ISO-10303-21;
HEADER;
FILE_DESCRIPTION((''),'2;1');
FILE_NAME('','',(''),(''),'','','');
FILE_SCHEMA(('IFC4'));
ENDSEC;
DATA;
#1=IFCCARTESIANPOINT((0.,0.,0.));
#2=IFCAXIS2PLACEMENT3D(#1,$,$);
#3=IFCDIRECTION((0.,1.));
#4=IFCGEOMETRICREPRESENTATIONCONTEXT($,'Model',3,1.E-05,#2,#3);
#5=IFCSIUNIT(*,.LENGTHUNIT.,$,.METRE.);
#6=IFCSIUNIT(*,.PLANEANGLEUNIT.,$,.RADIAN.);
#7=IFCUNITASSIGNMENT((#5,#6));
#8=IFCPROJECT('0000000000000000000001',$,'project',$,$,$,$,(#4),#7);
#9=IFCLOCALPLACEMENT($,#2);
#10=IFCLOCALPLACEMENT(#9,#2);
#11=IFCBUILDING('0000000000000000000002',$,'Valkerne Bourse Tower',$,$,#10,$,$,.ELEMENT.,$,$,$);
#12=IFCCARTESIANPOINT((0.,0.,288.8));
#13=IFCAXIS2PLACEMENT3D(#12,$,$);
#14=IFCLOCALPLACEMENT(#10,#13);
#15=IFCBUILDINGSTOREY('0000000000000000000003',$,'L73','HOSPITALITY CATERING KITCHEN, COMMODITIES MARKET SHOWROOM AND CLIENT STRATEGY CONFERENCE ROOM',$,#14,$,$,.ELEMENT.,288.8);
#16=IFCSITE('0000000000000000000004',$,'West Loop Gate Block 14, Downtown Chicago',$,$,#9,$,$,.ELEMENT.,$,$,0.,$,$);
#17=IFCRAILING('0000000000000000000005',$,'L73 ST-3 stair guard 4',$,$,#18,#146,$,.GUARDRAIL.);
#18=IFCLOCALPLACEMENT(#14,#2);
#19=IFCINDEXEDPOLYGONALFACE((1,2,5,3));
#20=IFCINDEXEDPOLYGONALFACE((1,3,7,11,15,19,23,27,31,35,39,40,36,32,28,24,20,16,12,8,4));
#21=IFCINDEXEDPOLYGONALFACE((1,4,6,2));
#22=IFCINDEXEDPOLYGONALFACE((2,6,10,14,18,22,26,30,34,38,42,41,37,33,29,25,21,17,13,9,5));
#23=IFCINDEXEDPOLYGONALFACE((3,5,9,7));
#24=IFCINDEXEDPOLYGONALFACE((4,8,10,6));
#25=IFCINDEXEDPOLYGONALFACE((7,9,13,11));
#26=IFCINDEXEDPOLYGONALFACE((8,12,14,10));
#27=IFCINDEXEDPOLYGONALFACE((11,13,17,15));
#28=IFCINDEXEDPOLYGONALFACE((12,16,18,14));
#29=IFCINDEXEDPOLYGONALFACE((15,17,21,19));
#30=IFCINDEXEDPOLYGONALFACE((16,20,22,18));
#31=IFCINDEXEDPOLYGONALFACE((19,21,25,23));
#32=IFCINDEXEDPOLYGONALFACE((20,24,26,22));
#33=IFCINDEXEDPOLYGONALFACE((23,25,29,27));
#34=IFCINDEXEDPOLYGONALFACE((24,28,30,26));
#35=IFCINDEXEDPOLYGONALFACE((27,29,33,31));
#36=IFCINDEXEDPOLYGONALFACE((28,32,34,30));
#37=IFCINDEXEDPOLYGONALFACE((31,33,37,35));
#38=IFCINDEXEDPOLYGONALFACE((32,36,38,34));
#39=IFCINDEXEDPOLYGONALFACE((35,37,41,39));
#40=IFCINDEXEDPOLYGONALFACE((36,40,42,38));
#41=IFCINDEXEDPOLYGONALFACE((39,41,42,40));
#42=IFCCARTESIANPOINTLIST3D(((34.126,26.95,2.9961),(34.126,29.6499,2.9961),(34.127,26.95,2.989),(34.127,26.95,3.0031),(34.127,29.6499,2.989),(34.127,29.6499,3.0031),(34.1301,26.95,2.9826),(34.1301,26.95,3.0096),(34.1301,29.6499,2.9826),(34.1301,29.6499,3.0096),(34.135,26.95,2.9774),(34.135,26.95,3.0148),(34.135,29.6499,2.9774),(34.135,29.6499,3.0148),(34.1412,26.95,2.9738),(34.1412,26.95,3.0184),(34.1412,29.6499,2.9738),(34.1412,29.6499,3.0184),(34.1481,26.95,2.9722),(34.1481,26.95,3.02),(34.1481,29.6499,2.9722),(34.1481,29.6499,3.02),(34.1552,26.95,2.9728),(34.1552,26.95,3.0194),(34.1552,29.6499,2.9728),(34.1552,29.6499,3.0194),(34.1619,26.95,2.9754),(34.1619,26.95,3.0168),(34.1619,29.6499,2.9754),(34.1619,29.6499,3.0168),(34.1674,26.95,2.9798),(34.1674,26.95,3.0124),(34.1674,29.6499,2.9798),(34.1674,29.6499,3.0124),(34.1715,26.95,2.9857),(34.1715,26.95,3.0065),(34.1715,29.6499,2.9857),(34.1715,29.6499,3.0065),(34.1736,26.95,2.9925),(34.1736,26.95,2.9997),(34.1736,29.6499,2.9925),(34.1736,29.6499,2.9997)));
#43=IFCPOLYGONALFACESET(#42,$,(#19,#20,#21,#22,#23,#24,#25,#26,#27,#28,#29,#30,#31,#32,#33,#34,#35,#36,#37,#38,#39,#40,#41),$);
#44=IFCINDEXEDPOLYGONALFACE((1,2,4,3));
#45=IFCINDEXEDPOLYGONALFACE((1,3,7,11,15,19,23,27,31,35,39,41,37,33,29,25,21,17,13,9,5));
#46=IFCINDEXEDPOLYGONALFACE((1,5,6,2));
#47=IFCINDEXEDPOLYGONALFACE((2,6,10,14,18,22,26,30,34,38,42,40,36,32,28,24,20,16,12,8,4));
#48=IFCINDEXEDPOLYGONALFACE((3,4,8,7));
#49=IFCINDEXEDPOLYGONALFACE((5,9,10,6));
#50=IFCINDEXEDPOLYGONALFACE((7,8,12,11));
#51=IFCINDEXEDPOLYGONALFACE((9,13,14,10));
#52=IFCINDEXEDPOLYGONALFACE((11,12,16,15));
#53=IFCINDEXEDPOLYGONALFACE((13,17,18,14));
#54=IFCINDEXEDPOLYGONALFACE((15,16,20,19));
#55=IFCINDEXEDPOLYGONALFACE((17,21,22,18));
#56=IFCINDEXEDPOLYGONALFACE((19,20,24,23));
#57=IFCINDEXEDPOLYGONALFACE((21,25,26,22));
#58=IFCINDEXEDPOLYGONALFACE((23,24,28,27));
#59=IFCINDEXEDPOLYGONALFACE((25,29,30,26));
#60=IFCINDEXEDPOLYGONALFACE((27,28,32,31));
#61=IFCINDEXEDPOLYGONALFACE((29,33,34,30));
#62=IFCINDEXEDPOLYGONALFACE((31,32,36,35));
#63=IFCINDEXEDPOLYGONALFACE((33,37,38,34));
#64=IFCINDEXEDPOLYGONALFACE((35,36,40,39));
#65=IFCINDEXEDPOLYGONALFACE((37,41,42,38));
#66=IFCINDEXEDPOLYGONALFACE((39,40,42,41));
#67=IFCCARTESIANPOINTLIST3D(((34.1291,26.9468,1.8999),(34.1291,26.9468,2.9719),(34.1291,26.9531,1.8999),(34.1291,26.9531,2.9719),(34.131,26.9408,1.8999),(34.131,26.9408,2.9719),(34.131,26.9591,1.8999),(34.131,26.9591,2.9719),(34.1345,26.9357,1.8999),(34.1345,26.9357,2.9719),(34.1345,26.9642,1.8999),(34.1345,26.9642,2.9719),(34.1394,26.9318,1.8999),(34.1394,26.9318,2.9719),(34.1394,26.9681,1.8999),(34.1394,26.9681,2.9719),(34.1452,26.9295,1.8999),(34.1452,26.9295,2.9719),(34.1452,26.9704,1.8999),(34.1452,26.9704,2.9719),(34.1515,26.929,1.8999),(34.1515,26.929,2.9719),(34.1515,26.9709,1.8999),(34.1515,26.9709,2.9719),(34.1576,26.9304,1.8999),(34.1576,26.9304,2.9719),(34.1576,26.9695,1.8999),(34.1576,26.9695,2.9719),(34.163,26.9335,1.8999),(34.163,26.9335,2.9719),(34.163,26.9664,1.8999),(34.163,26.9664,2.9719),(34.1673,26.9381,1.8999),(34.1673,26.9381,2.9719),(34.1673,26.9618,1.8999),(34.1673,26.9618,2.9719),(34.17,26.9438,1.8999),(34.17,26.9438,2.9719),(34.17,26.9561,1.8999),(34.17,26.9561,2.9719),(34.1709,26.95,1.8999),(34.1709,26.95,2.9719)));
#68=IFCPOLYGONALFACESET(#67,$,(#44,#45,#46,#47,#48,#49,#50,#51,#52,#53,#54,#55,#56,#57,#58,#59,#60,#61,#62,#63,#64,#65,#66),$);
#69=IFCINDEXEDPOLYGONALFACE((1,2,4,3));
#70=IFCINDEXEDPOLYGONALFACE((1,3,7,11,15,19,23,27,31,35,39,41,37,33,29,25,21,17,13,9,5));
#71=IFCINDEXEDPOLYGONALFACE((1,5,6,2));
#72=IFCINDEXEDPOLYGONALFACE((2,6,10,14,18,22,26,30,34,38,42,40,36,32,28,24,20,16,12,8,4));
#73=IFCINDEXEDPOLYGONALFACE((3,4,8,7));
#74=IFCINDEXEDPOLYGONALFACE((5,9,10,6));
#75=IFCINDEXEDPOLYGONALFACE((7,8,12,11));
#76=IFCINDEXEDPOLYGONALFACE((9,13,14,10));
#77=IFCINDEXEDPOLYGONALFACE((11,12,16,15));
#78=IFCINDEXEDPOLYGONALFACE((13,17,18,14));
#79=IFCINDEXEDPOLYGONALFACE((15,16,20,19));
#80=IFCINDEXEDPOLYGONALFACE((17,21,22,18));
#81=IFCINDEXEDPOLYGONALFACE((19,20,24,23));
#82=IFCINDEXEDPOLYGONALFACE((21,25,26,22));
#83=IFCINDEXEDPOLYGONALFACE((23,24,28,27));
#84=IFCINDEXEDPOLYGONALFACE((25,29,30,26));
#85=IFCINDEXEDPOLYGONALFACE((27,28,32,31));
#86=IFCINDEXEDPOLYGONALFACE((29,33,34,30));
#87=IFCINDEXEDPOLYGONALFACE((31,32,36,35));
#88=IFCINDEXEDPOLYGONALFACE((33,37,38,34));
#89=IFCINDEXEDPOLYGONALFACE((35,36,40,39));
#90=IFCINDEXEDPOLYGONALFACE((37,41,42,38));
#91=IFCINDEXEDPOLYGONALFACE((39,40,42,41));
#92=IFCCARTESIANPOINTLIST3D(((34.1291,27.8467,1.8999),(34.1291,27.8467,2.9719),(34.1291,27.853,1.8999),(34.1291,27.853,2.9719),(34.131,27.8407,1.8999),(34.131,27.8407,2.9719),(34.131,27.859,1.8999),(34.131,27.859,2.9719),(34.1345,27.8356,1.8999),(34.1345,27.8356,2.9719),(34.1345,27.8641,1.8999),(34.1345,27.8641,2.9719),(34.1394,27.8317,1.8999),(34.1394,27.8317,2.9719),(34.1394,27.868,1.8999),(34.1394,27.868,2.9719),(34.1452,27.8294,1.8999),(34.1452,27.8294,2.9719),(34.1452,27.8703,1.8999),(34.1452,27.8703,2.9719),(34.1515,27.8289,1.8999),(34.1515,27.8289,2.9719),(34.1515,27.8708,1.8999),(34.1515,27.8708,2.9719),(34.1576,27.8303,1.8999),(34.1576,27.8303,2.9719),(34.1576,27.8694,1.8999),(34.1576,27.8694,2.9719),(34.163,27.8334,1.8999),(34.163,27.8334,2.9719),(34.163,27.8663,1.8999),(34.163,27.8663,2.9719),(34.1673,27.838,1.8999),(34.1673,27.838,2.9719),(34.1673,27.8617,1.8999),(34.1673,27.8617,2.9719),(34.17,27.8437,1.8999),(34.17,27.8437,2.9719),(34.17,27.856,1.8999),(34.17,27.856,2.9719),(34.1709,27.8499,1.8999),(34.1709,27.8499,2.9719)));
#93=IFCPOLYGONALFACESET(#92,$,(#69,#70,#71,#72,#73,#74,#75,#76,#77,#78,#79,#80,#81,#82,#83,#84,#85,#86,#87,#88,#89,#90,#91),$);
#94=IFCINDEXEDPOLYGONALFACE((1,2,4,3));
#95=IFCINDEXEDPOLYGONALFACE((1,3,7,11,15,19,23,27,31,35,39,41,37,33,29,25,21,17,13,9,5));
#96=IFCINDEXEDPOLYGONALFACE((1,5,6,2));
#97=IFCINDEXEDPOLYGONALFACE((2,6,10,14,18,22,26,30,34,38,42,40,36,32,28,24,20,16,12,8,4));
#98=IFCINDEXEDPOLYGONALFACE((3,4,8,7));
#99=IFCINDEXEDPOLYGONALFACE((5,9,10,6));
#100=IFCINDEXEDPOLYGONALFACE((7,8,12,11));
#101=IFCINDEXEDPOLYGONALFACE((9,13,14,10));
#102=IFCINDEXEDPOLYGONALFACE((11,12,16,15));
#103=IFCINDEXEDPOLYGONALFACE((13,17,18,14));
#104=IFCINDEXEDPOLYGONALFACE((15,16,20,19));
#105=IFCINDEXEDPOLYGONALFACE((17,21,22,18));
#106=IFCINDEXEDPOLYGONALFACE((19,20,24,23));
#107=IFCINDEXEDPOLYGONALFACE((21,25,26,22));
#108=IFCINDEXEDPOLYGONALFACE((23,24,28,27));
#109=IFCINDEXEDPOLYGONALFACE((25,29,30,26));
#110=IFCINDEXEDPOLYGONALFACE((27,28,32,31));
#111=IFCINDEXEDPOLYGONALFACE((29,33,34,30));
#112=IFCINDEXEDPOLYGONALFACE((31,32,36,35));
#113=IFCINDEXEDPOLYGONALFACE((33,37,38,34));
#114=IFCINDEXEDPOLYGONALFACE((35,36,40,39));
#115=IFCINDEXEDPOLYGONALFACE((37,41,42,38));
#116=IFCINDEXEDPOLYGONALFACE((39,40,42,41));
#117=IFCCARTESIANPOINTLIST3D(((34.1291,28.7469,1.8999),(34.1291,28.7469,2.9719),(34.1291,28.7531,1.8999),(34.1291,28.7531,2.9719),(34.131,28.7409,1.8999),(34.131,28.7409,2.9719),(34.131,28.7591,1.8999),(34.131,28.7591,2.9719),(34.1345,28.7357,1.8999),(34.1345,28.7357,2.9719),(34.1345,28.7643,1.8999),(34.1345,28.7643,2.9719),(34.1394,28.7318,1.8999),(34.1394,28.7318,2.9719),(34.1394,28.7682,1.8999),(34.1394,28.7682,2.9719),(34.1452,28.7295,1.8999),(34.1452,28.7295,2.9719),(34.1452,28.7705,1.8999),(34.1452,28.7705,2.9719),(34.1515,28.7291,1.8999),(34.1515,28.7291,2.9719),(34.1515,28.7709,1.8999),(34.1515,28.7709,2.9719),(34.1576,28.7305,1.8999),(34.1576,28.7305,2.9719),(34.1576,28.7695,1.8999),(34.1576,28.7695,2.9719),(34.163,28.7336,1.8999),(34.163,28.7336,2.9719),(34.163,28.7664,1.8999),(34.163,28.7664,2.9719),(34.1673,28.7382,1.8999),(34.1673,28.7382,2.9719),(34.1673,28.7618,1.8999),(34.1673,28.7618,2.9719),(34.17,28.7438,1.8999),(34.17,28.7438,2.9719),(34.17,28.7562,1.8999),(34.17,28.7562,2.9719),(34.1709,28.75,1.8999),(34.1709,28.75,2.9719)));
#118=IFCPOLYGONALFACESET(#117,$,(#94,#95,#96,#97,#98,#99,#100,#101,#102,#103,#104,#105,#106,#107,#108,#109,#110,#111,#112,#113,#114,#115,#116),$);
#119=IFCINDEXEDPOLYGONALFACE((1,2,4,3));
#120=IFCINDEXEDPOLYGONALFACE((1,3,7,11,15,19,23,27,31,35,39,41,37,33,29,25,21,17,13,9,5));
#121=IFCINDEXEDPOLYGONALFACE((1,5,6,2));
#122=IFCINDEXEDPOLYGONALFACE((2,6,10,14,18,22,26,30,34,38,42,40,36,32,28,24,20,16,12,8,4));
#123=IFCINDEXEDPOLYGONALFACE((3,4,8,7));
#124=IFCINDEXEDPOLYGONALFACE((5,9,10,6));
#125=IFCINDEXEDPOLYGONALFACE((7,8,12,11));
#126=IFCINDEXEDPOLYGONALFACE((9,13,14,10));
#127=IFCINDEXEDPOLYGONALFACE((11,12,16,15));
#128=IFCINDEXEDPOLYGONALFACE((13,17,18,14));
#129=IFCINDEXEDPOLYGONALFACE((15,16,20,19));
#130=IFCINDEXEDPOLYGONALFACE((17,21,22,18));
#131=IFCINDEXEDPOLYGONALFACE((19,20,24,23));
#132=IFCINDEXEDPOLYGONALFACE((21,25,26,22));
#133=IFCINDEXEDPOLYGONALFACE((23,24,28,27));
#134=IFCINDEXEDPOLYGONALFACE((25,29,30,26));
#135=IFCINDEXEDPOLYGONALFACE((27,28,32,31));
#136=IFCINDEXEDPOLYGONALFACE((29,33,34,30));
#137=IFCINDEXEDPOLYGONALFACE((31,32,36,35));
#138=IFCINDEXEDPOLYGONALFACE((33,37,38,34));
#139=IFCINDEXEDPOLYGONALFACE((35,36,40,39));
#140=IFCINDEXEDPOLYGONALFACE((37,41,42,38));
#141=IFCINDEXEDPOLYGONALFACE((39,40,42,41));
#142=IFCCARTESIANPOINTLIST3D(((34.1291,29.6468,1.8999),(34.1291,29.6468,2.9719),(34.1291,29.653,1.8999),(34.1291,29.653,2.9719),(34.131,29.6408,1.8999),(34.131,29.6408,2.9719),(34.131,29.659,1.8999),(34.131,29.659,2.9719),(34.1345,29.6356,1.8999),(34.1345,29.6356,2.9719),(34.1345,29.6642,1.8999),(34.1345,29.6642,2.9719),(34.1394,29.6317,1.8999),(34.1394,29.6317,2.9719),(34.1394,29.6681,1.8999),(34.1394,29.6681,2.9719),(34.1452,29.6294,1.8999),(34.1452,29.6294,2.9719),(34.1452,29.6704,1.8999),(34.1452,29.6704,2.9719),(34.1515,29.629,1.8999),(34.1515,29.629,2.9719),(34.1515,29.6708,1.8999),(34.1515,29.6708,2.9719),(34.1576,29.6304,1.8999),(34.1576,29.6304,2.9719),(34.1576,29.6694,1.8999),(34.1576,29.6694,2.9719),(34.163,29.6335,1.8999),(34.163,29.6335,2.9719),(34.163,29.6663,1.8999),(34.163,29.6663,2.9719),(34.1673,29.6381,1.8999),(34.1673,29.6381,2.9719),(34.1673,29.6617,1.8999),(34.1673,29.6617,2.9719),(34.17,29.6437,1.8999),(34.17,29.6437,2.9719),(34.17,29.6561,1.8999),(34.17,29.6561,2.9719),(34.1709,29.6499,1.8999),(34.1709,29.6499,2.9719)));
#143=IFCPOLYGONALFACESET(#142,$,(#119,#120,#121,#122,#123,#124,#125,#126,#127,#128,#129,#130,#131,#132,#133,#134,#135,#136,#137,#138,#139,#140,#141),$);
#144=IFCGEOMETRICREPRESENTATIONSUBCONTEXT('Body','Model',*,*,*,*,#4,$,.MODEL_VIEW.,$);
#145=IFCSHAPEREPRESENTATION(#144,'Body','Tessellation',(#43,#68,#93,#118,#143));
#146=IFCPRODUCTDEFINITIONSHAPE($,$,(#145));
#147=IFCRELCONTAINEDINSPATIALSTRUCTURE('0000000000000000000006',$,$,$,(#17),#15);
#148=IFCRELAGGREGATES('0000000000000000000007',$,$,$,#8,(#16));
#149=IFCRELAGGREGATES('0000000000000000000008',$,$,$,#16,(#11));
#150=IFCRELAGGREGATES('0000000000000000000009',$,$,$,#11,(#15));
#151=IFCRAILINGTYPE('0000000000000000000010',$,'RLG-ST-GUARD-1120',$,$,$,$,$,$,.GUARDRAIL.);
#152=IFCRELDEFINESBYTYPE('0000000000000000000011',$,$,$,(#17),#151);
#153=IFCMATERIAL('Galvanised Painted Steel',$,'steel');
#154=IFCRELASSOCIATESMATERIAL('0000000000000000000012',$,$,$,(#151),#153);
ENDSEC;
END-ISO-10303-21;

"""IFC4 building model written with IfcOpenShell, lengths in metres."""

from ifc_helpers import new_model, si_unit, direction, frame, origin, origin_2d, place, context, subcontext, project, spatial, circle, extrude, material, type_object, element, save


model = new_model("IFC4")

# Units and contexts
model_context = context("Model", 3, precision=1e-05, world=origin(), true_north=direction((0.0, 1.0)))
body_context = subcontext(model_context, "Body", "Model", "MODEL_VIEW")
ifc_project = project(units=[si_unit("LENGTHUNIT", "METRE"), si_unit("PLANEANGLEUNIT", "RADIAN")], contexts=[model_context])

# Site, building, storey
site_placement = place(None, origin())
site = spatial("IfcSite", under=ifc_project, at=site_placement, Name="West Loop Gate Block 14, Downtown Chicago", CompositionType="ELEMENT", RefElevation=0.0)
building_placement = place(site_placement, origin())
building = spatial("IfcBuilding", under=site, at=building_placement, Name="Valkerne Bourse Tower", CompositionType="ELEMENT")
storey_placement = place(building_placement, frame((0.0, 0.0, 288.8)))
storey = spatial("IfcBuildingStorey", under=building, at=storey_placement, Name="L73", Description="HOSPITALITY CATERING KITCHEN, COMMODITIES MARKET SHOWROOM AND CLIENT STRATEGY CONFERENCE ROOM", CompositionType="ELEMENT", Elevation=288.8)

# Railing
ifc_material_1 = material(Name="Galvanised Painted Steel", Category="steel")
railing_type_1 = type_object("IfcRailingType", Name="RLG-ST-GUARD-1120", PredefinedType="GUARDRAIL", material=ifc_material_1)
for number, where, name in (
    (1, (34.1499, 26.95, 1.8999), "L73 ST-3 stair guard 4"),
):
    element("IfcRailing", number, at=place(storey_placement, frame(where)), inside=storey, type_object=railing_type_1, Name=name, PredefinedType="GUARDRAIL", context=body_context, shape_type="SweptSolid", body=[
        extrude(circle(Radius=0.0239, at=origin_2d()), frame((0.0, 0.0, 1.0962), z_axis=(0.0, 1.0, 0.0), x_axis=(-1.0, 0.0, 0.0)), (0.0, 0.0, 1.0), 2.7),
        extrude(circle(Radius=0.021, at=origin_2d()), origin(), (0.0, 0.0, 1.0), 1.072),
        extrude(circle(Radius=0.021, at=origin_2d()), frame((0.0, 0.8999, 0.0)), (0.0, 0.0, 1.0), 1.072),
        extrude(circle(Radius=0.021, at=origin_2d()), frame((0.0, 1.8, 0.0)), (0.0, 0.0, 1.0), 1.072),
        extrude(circle(Radius=0.021, at=origin_2d()), frame((0.0, 2.7, 0.0)), (0.0, 0.0, 1.0), 1.072),
    ])

save(model, "model.ifc")
